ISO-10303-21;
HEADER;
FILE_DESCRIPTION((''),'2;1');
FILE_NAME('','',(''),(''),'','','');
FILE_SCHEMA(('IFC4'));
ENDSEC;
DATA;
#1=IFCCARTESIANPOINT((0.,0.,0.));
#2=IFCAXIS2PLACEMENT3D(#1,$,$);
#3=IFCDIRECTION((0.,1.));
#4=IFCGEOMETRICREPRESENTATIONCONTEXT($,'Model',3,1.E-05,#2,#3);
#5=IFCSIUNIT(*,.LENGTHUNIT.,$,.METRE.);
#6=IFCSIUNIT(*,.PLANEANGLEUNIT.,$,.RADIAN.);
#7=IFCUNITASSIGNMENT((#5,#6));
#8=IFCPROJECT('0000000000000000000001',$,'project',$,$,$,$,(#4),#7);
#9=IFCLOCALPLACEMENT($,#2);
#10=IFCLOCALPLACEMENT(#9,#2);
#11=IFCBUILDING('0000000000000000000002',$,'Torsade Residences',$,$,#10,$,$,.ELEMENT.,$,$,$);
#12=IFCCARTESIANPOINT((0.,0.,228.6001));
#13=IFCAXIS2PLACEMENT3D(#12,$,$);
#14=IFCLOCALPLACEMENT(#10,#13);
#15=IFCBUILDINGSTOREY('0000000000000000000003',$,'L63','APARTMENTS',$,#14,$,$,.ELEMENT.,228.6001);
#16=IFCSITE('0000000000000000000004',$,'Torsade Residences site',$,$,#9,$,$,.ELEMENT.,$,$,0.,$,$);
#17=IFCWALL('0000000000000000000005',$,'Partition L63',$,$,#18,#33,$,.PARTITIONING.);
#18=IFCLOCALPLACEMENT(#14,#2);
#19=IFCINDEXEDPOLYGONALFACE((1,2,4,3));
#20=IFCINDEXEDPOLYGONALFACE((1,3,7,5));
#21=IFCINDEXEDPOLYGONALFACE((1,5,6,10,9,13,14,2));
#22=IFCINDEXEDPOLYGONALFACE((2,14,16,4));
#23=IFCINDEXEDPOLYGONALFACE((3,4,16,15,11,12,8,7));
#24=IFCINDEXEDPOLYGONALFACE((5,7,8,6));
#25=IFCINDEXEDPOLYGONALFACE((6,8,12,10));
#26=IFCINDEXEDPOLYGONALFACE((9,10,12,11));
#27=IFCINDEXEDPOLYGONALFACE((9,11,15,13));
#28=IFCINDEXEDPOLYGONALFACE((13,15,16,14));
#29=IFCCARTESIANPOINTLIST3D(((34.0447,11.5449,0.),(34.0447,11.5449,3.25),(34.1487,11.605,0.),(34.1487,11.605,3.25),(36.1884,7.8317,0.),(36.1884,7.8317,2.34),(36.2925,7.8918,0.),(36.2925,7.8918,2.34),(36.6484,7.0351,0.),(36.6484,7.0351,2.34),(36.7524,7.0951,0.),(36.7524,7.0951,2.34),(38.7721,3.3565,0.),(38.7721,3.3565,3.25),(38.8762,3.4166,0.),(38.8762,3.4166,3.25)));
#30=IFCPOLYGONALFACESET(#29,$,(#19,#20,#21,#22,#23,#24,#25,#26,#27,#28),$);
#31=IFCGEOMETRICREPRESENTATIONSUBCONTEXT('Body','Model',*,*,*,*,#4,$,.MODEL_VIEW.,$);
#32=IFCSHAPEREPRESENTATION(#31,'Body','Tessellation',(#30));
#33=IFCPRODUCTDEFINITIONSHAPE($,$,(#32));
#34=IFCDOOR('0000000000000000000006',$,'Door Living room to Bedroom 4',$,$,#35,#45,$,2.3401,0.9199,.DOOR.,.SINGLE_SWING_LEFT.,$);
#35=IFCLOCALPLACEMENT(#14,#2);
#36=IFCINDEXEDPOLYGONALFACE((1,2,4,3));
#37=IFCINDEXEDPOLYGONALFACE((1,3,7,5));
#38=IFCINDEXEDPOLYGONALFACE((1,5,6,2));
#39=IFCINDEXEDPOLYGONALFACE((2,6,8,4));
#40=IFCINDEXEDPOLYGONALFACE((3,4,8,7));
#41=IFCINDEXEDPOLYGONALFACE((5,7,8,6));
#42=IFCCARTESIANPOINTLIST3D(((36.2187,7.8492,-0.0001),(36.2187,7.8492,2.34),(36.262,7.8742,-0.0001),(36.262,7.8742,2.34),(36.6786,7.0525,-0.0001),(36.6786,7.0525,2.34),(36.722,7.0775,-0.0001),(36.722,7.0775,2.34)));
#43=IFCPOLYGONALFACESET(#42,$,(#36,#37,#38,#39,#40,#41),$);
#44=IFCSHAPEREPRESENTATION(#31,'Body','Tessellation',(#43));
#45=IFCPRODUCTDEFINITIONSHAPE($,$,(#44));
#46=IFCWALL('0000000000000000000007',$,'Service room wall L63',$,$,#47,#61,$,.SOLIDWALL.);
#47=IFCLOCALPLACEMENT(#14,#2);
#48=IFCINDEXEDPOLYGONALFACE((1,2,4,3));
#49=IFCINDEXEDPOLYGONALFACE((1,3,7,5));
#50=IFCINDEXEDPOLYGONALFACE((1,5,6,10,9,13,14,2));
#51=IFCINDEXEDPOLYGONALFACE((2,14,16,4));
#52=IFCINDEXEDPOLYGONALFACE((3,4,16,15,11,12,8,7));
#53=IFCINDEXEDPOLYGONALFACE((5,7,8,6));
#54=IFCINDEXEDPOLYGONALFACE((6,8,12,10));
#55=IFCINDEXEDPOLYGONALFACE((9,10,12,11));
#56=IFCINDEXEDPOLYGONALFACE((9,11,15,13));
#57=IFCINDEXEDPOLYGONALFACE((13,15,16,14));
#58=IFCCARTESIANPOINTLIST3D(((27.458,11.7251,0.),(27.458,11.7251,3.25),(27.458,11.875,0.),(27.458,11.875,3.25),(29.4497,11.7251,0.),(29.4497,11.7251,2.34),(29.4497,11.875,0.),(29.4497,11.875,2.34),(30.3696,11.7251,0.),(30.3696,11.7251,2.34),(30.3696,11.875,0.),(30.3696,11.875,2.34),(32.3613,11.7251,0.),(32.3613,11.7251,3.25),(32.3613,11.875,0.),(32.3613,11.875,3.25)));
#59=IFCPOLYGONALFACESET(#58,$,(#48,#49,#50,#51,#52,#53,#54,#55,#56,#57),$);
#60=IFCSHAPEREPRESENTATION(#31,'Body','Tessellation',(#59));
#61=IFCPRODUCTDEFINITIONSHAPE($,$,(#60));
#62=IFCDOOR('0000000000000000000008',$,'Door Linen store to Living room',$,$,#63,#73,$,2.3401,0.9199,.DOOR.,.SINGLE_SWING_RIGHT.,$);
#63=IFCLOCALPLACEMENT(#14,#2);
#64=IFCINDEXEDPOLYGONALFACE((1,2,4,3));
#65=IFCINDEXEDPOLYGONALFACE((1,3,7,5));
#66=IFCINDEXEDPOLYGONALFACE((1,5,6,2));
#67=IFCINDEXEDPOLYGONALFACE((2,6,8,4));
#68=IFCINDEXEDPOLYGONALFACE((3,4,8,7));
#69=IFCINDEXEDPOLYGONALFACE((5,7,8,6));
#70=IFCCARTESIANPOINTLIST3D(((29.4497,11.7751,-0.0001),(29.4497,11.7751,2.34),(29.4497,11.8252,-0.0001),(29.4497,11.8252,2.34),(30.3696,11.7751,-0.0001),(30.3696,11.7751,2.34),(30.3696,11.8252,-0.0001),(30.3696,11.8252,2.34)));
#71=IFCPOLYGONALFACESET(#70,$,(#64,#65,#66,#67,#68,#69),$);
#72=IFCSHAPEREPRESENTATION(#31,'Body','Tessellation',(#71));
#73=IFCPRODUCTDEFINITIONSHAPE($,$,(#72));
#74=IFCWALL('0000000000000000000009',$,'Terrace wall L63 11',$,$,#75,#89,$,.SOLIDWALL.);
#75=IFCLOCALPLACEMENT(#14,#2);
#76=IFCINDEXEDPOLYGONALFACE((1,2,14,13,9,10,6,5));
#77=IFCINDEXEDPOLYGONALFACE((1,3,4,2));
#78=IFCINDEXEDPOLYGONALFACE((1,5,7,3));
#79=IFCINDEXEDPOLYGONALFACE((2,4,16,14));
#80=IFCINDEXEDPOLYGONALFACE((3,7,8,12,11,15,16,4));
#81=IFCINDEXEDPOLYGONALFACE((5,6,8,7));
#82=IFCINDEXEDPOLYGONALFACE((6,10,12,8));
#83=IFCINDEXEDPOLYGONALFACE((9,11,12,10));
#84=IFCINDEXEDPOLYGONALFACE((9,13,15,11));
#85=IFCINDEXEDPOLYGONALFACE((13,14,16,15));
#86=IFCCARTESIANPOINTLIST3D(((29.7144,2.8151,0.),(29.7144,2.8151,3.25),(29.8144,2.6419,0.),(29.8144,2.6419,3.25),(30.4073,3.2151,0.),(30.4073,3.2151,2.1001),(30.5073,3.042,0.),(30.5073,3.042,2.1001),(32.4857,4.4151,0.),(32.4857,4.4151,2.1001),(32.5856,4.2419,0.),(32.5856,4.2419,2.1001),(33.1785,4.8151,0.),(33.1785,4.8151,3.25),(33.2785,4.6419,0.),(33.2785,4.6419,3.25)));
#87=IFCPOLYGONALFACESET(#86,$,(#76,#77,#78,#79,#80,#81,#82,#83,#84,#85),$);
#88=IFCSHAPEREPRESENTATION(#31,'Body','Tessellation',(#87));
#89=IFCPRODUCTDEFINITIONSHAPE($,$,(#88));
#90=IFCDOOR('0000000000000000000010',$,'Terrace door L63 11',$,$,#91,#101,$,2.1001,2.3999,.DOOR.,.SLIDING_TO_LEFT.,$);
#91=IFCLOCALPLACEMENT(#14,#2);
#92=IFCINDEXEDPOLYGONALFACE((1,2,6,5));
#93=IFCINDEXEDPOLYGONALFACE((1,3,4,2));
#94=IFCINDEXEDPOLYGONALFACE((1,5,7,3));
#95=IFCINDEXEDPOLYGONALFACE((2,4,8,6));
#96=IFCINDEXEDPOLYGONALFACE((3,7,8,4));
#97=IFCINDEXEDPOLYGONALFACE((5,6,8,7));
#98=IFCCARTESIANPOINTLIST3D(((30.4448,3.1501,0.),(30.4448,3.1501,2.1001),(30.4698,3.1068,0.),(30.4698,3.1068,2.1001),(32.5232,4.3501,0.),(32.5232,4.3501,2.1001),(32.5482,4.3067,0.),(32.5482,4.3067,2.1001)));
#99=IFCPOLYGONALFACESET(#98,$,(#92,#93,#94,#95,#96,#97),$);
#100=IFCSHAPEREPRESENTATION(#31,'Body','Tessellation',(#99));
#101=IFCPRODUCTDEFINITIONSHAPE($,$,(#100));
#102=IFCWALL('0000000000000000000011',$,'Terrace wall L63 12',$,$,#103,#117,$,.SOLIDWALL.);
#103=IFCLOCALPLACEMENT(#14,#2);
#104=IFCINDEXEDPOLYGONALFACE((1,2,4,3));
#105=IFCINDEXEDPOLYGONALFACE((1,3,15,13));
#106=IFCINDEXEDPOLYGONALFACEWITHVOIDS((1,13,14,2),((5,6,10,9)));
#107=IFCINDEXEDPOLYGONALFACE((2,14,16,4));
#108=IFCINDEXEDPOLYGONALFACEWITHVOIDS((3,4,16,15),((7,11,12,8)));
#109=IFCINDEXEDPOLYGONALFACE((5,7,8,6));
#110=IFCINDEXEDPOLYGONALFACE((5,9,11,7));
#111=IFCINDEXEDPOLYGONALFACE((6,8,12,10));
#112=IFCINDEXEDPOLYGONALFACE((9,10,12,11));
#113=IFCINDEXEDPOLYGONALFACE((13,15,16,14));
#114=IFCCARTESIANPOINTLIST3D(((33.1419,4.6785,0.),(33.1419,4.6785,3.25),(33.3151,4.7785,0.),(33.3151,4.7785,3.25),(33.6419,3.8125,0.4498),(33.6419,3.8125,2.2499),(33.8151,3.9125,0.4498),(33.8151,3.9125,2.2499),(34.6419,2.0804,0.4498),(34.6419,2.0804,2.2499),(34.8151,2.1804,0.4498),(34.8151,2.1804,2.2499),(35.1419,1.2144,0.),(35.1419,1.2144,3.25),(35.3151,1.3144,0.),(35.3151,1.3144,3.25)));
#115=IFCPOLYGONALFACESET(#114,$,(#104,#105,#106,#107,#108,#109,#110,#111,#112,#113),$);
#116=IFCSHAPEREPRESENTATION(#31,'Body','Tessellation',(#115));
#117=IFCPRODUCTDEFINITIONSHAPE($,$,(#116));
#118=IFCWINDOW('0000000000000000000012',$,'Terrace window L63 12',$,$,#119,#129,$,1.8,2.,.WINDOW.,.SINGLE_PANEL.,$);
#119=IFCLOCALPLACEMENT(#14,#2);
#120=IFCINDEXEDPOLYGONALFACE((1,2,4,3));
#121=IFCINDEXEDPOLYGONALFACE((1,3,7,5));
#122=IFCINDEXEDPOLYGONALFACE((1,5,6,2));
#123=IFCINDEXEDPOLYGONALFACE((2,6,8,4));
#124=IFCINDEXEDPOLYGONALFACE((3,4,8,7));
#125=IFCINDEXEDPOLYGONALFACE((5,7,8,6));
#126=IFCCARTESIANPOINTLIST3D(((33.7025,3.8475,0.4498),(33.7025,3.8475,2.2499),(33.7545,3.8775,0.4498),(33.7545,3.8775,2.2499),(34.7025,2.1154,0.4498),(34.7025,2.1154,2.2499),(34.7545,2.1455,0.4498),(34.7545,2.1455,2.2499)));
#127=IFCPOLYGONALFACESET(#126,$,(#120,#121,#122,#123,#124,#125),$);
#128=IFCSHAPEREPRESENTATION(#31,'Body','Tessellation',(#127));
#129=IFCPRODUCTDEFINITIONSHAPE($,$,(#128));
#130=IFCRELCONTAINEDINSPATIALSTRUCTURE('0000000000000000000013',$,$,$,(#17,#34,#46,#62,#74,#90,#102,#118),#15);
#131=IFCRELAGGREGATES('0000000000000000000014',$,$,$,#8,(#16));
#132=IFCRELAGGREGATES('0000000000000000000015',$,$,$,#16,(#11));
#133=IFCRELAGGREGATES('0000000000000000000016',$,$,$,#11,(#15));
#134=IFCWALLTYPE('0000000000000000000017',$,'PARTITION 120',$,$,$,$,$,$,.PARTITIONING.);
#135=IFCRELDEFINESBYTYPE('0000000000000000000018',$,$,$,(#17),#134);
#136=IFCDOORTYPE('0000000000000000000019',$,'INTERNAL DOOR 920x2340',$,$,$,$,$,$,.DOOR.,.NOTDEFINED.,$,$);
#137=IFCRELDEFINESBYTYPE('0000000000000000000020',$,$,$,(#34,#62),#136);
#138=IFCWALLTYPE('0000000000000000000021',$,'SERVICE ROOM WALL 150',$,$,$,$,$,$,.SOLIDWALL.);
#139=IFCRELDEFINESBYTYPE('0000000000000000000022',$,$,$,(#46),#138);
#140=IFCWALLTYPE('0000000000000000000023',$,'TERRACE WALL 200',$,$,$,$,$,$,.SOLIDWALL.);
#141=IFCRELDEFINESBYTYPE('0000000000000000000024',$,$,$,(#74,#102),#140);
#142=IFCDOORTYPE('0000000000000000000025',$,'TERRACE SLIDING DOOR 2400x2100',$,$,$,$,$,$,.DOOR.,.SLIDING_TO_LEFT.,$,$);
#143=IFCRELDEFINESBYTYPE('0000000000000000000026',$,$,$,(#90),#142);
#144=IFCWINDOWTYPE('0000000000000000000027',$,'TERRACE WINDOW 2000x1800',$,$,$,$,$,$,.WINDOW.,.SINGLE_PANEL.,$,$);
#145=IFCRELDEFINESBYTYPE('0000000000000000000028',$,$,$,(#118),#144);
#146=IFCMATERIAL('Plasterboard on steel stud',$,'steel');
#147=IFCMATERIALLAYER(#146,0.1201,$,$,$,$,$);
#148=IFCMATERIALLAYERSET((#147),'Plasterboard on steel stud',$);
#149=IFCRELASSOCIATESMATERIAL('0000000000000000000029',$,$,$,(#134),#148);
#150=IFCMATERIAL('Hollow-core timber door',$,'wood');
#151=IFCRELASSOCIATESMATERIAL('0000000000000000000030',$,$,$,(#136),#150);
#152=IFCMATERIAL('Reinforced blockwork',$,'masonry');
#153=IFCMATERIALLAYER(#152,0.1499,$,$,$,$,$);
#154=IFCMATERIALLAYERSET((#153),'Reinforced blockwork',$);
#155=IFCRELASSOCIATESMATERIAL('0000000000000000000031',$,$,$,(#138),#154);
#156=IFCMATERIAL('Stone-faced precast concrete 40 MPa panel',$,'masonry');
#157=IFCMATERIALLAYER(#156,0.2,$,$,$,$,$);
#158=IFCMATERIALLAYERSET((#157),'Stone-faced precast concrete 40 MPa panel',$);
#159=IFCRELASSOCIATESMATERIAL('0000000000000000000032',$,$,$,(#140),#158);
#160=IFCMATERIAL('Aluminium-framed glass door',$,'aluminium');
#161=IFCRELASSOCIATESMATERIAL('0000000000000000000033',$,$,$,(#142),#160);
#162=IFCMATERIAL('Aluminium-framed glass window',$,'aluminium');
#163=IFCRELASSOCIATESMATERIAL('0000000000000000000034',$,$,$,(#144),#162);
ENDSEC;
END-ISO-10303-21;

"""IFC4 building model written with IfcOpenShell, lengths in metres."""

from ifc_helpers import new_model, si_unit, direction, frame, frame_2d, origin, place, context, subcontext, project, spatial, rectangle, extrude, material, layer, layer_set, type_object, element, fill, save


model = new_model("IFC4")

# Units and contexts
model_context = context("Model", 3, precision=1e-05, world=origin(), true_north=direction((0.0, 1.0)))
body_context = subcontext(model_context, "Body", "Model", "MODEL_VIEW")
ifc_project = project(units=[si_unit("LENGTHUNIT", "METRE"), si_unit("PLANEANGLEUNIT", "RADIAN")], contexts=[model_context])

# Site, building, storey
site_placement = place(None, origin())
site = spatial("IfcSite", under=ifc_project, at=site_placement, Name="Torsade Residences site", CompositionType="ELEMENT", RefElevation=0.0)
building_placement = place(site_placement, origin())
building = spatial("IfcBuilding", under=site, at=building_placement, Name="Torsade Residences", CompositionType="ELEMENT")
storey_placement = place(building_placement, frame((0.0, 0.0, 228.6001)))
storey = spatial("IfcBuildingStorey", under=building, at=storey_placement, Name="L63", Description="APARTMENTS", CompositionType="ELEMENT", Elevation=228.6001)

# Shared definitions
ifc_material_1 = material(Name="Plasterboard on steel stud", Category="steel")
ifc_layer_1 = layer(ifc_material_1, 0.1201)
ifc_layer_set_1 = layer_set([ifc_layer_1], Name="Plasterboard on steel stud")
wall_type_1 = type_object("IfcWallType", Name="PARTITION 120", PredefinedType="PARTITIONING", material=ifc_layer_set_1)

# Walls, openings, doors
wall_1_placement = place(storey_placement, frame((34.0967, 11.575, 0.0), z_axis=(0.0, 0.0, 1.0), x_axis=(0.499994, -0.866029, 0.0)))
wall_1 = element("IfcWall", 1, at=wall_1_placement, inside=storey, type_object=wall_type_1, Name="Partition L63", PredefinedType="PARTITIONING", context=body_context, shape_type="SweptSolid", body=[
    extrude(rectangle(XDim=9.4551, YDim=0.1201, at=frame_2d((4.7275, 0.0))), origin(), (0.0, 0.0, 1.0), 3.25),
])
opening_1_placement = place(wall_1_placement, frame((4.2876, 0.0, 0.0)))
opening_1 = element("IfcOpeningElement", 2, at=opening_1_placement, cuts=wall_1, PredefinedType="OPENING", context=body_context, shape_type="SweptSolid", body=[
    extrude(rectangle(XDim=0.9199, YDim=2.3401, at=frame_2d((0.46, 1.1699))), frame((0.0, 0.0701, 0.0), z_axis=(0.0, -1.0, 0.0), x_axis=(1.0, 0.0, 0.0)), (0.0, 0.0, 1.0), 0.1401),
])
ifc_material_2 = material(Name="Hollow-core timber door", Category="wood")
door_type_1 = type_object("IfcDoorType", Name="INTERNAL DOOR 920x2340", OperationType="NOTDEFINED", PredefinedType="DOOR", material=ifc_material_2)
door_1_placement = place(opening_1_placement, origin())
door_1 = element("IfcDoor", 3, at=door_1_placement, inside=storey, type_object=door_type_1, Name="Door Living room to Bedroom 4", OperationType="SINGLE_SWING_LEFT", OverallHeight=2.3401, OverallWidth=0.9199, PredefinedType="DOOR", context=body_context, shape_type="SweptSolid", body=[
    extrude(rectangle(XDim=0.9199, YDim=2.3401, at=frame_2d((0.46, 1.1699))), frame((0.0, 0.0249, 0.0), z_axis=(0.0, -1.0, 0.0), x_axis=(1.0, 0.0, 0.0)), (0.0, 0.0, 1.0), 0.05),
])
fill(opening_1, door_1)
ifc_material_3 = material(Name="Reinforced blockwork", Category="masonry")
ifc_layer_2 = layer(ifc_material_3, 0.1499)
ifc_layer_set_2 = layer_set([ifc_layer_2], Name="Reinforced blockwork")
wall_type_2 = type_object("IfcWallType", Name="SERVICE ROOM WALL 150", PredefinedType="SOLIDWALL", material=ifc_layer_set_2)
wall_2_placement = place(storey_placement, frame((32.3613, 11.8, 0.0), z_axis=(0.0, 0.0, 1.0), x_axis=(-1.0, 0.0, 0.0)))
wall_2 = element("IfcWall", 4, at=wall_2_placement, inside=storey, type_object=wall_type_2, Name="Service room wall L63", PredefinedType="SOLIDWALL", context=body_context, shape_type="SweptSolid", body=[
    extrude(rectangle(XDim=4.9033, YDim=0.1499, at=frame_2d((2.4517, 0.0))), origin(), (0.0, 0.0, 1.0), 3.25),
])
opening_2_placement = place(wall_2_placement, frame((1.9917, 0.0, 0.0)))
opening_2 = element("IfcOpeningElement", 5, at=opening_2_placement, cuts=wall_2, PredefinedType="OPENING", context=body_context, shape_type="SweptSolid", body=[
    extrude(rectangle(XDim=0.9199, YDim=2.3401, at=frame_2d((0.46, 1.1699))), frame((0.0, 0.085, 0.0), z_axis=(0.0, -1.0, 0.0), x_axis=(1.0, 0.0, 0.0)), (0.0, 0.0, 1.0), 0.1699),
])
door_2_placement = place(opening_2_placement, origin())
door_2 = element("IfcDoor", 6, at=door_2_placement, inside=storey, type_object=door_type_1, Name="Door Linen store to Living room", OperationType="SINGLE_SWING_RIGHT", OverallHeight=2.3401, OverallWidth=0.9199, PredefinedType="DOOR", context=body_context, shape_type="SweptSolid", body=[
    extrude(rectangle(XDim=0.9199, YDim=2.3401, at=frame_2d((0.46, 1.1699))), frame((0.0, 0.0249, 0.0), z_axis=(0.0, -1.0, 0.0), x_axis=(1.0, 0.0, 0.0)), (0.0, 0.0, 1.0), 0.05),
])
fill(opening_2, door_2)
ifc_material_4 = material(Name="Stone-faced precast concrete 40 MPa panel", Category="masonry")
ifc_layer_3 = layer(ifc_material_4, 0.2)
ifc_layer_set_3 = layer_set([ifc_layer_3], Name="Stone-faced precast concrete 40 MPa panel")
wall_type_3 = type_object("IfcWallType", Name="TERRACE WALL 200", PredefinedType="SOLIDWALL", material=ifc_layer_set_3)
wall_3_placement = place(storey_placement, frame((29.7644, 2.7285, 0.0), z_axis=(0.0, 0.0, 1.0), x_axis=(0.866026, 0.499999, 0.0)))
wall_3 = element("IfcWall", 7, at=wall_3_placement, inside=storey, type_object=wall_type_3, Name="Terrace wall L63 11", PredefinedType="SOLIDWALL", context=body_context, shape_type="SweptSolid", body=[
    extrude(rectangle(XDim=4.0, YDim=0.2, at=frame_2d((2.0, 0.0))), origin(), (0.0, 0.0, 1.0), 3.25),
])
opening_3_placement = place(wall_3_placement, frame((0.8, 0.0, 0.0)))
opening_3 = element("IfcOpeningElement", 8, at=opening_3_placement, cuts=wall_3, PredefinedType="OPENING", context=body_context, shape_type="SweptSolid", body=[
    extrude(rectangle(XDim=2.3999, YDim=2.1001, at=frame_2d((1.2, 1.05))), frame((0.0, 0.1099, 0.0), z_axis=(0.0, -1.0, 0.0), x_axis=(1.0, 0.0, 0.0)), (0.0, 0.0, 1.0), 0.22),
])
ifc_material_5 = material(Name="Aluminium-framed glass door", Category="aluminium")
door_type_2 = type_object("IfcDoorType", Name="TERRACE SLIDING DOOR 2400x2100", OperationType="SLIDING_TO_LEFT", PredefinedType="DOOR", material=ifc_material_5)
door_3_placement = place(opening_3_placement, origin())
door_3 = element("IfcDoor", 9, at=door_3_placement, inside=storey, type_object=door_type_2, Name="Terrace door L63 11", OperationType="SLIDING_TO_LEFT", OverallHeight=2.1001, OverallWidth=2.3999, PredefinedType="DOOR", context=body_context, shape_type="SweptSolid", body=[
    extrude(rectangle(XDim=2.3999, YDim=2.1001, at=frame_2d((1.2, 1.05))), frame((0.0, 0.0249, 0.0), z_axis=(0.0, -1.0, 0.0), x_axis=(1.0, 0.0, 0.0)), (0.0, 0.0, 1.0), 0.05),
])
fill(opening_3, door_3)

# Wall, opening, window
wall_4_placement = place(storey_placement, frame((33.2285, 4.7285, 0.0), z_axis=(0.0, 0.0, 1.0), x_axis=(0.499999, -0.866026, 0.0)))
wall_4 = element("IfcWall", 10, at=wall_4_placement, inside=storey, type_object=wall_type_3, Name="Terrace wall L63 12", PredefinedType="SOLIDWALL", context=body_context, shape_type="SweptSolid", body=[
    extrude(rectangle(XDim=4.0, YDim=0.2, at=frame_2d((2.0, 0.0))), origin(), (0.0, 0.0, 1.0), 3.25),
])
opening_4_placement = place(wall_4_placement, frame((1.0, 0.0, 0.45)))
opening_4 = element("IfcOpeningElement", 11, at=opening_4_placement, cuts=wall_4, PredefinedType="OPENING", context=body_context, shape_type="SweptSolid", body=[
    extrude(rectangle(XDim=2.0, YDim=1.8, at=frame_2d((1.0, 0.8999))), frame((0.0, 0.1099, 0.0), z_axis=(0.0, -1.0, 0.0), x_axis=(1.0, 0.0, 0.0)), (0.0, 0.0, 1.0), 0.22),
])
ifc_material_6 = material(Name="Aluminium-framed glass window", Category="aluminium")
window_type = type_object("IfcWindowType", Name="TERRACE WINDOW 2000x1800", PartitioningType="SINGLE_PANEL", PredefinedType="WINDOW", material=ifc_material_6)
window_placement = place(opening_4_placement, origin())
window = element("IfcWindow", 12, at=window_placement, inside=storey, type_object=window_type, Name="Terrace window L63 12", OverallHeight=1.8, OverallWidth=2.0, PartitioningType="SINGLE_PANEL", PredefinedType="WINDOW", context=body_context, shape_type="SweptSolid", body=[
    extrude(rectangle(XDim=2.0, YDim=1.8, at=frame_2d((1.0, 0.8999))), frame((0.0, 0.03, 0.0), z_axis=(0.0, -1.0, 0.0), x_axis=(1.0, 0.0, 0.0)), (0.0, 0.0, 1.0), 0.0601),
])
fill(opening_4, window)

save(model, "model.ifc")
